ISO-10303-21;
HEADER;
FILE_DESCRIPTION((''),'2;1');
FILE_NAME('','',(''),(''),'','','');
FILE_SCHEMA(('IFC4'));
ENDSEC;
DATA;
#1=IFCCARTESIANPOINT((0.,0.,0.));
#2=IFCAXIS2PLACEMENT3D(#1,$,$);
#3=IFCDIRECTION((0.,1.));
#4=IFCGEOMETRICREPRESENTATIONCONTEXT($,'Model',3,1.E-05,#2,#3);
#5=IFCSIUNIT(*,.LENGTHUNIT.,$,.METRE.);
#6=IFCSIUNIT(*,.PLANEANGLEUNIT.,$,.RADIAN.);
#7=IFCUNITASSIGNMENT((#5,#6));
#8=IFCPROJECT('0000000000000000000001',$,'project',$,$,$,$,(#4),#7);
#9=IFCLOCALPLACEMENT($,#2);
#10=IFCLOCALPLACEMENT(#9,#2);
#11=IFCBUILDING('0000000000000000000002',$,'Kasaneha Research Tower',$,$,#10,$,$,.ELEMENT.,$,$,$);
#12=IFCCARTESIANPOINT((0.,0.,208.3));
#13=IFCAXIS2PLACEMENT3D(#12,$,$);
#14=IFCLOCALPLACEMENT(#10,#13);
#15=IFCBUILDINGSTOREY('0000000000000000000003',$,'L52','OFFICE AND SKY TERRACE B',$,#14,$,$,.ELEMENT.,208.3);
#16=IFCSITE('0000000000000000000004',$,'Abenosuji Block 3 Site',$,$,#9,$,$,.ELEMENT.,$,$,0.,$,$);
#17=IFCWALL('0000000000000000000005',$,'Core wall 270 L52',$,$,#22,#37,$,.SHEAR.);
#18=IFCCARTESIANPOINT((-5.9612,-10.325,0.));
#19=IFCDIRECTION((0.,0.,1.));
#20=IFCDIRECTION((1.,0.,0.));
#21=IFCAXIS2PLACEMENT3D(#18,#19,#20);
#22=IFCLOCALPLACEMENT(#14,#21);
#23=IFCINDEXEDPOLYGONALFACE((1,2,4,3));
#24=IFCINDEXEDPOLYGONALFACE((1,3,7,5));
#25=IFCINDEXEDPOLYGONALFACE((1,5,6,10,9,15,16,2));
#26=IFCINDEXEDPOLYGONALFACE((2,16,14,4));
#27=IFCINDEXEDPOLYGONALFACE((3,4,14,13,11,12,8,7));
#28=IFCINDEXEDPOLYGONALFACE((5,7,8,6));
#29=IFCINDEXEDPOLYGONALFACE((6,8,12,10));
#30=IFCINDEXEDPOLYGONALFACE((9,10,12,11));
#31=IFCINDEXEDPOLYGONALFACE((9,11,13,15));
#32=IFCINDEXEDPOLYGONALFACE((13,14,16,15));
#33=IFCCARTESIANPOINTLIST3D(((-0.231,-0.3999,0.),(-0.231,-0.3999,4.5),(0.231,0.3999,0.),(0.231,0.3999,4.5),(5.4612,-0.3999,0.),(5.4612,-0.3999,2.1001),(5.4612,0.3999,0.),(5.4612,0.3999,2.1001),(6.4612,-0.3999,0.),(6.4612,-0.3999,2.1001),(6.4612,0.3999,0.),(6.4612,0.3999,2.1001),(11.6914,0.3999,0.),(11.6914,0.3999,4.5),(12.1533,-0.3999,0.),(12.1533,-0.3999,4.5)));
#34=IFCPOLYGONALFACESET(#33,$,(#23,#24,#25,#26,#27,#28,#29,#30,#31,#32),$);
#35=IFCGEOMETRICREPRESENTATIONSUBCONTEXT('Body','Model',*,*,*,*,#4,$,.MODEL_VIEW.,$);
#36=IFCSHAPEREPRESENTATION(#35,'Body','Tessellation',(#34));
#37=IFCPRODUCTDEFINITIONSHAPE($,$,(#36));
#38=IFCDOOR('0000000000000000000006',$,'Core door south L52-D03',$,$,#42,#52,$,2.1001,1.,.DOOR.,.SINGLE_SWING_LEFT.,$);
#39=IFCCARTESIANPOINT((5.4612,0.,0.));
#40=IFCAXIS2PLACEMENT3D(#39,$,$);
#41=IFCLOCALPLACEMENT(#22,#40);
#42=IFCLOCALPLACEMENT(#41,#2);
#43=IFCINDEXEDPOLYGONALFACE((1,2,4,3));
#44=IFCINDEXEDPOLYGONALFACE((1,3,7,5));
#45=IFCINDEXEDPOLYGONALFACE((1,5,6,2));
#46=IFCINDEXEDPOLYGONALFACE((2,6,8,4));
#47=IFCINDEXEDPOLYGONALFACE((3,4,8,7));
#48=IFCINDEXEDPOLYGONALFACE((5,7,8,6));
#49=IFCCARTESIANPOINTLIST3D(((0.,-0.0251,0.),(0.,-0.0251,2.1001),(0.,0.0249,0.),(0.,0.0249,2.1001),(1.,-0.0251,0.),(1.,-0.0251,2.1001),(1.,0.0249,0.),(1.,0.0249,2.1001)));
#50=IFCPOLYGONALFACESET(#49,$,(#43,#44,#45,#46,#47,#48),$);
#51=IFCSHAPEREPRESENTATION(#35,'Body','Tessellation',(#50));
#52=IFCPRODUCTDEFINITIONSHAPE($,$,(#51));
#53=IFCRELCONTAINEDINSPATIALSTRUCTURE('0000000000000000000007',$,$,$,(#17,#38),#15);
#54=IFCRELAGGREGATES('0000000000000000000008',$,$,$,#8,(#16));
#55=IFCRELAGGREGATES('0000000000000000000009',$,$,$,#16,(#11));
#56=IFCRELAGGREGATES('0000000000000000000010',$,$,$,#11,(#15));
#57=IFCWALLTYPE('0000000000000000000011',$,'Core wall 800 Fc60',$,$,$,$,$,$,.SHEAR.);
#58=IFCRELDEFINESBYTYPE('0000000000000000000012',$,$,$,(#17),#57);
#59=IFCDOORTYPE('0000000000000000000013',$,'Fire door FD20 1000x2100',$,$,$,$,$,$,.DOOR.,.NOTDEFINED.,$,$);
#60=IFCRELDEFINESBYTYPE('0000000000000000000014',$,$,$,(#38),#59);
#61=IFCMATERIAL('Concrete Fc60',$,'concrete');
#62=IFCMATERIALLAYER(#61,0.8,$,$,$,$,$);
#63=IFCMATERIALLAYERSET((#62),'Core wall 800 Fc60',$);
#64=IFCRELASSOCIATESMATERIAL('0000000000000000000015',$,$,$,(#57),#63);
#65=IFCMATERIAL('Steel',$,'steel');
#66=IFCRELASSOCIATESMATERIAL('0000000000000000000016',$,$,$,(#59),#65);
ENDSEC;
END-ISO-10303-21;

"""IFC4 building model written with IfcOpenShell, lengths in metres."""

from ifc_helpers import new_model, si_unit, direction, frame, frame_2d, origin, place, context, subcontext, project, spatial, polyline, rectangle, outline, extrude, material, layer, layer_set, type_object, element, fill, save


model = new_model("IFC4")

# Units and contexts
model_context = context("Model", 3, precision=1e-05, world=origin(), true_north=direction((0.0, 1.0)))
body_context = subcontext(model_context, "Body", "Model", "MODEL_VIEW")
ifc_project = project(units=[si_unit("LENGTHUNIT", "METRE"), si_unit("PLANEANGLEUNIT", "RADIAN")], contexts=[model_context])

# Site, building, storey
site_placement = place(None, origin())
site = spatial("IfcSite", under=ifc_project, at=site_placement, Name="Abenosuji Block 3 Site", CompositionType="ELEMENT", RefElevation=0.0)
building_placement = place(site_placement, origin())
building = spatial("IfcBuilding", under=site, at=building_placement, Name="Kasaneha Research Tower", CompositionType="ELEMENT")
storey_placement = place(building_placement, frame((0.0, 0.0, 208.3)))
storey = spatial("IfcBuildingStorey", under=building, at=storey_placement, Name="L52", Description="OFFICE AND SKY TERRACE B", CompositionType="ELEMENT", Elevation=208.3)

# Wall, opening, door
ifc_material_1 = material(Name="Concrete Fc60", Category="concrete")
ifc_layer_1 = layer(ifc_material_1, 0.8)
ifc_layer_set_1 = layer_set([ifc_layer_1], Name="Core wall 800 Fc60")
wall_type_1 = type_object("IfcWallType", Name="Core wall 800 Fc60", PredefinedType="SHEAR", material=ifc_layer_set_1)
wall_1_placement = place(storey_placement, frame((-5.9612, -10.325, 0.0), z_axis=(0.0, 0.0, 1.0), x_axis=(1.0, 0.0, 0.0)))
wall_1 = element("IfcWall", 1, at=wall_1_placement, inside=storey, type_object=wall_type_1, Name="Core wall 270 L52", PredefinedType="SHEAR", context=body_context, shape_type="SweptSolid", body=[
    extrude(outline(polyline([(-0.231, -0.3999), (5.4612, -0.3999), (6.4612, -0.3999), (12.1533, -0.3999), (11.6914, 0.3999), (6.4612, 0.3999), (5.4612, 0.3999), (0.231, 0.3999), (-0.231, -0.3999)])), origin(), (0.0, 0.0, 1.0), 4.5),
])
opening_1_placement = place(wall_1_placement, frame((5.4612, 0.0, 0.0)))
opening_1 = element("IfcOpeningElement", 2, at=opening_1_placement, cuts=wall_1, PredefinedType="OPENING", context=body_context, shape_type="SweptSolid", body=[
    extrude(rectangle(XDim=1.0, YDim=2.1001, at=frame_2d((0.5, 1.05))), frame((0.0, 0.4102, 0.0), z_axis=(0.0, -1.0, 0.0), x_axis=(1.0, 0.0, 0.0)), (0.0, 0.0, 1.0), 0.8201),
])
ifc_material_2 = material(Name="Steel", Category="steel")
door_type_1 = type_object("IfcDoorType", Name="Fire door FD20 1000x2100", OperationType="NOTDEFINED", PredefinedType="DOOR", material=ifc_material_2)
door_1_placement = place(opening_1_placement, origin())
door_1 = element("IfcDoor", 3, at=door_1_placement, inside=storey, type_object=door_type_1, Name="Core door south L52-D03", OperationType="SINGLE_SWING_LEFT", OverallHeight=2.1001, OverallWidth=1.0, PredefinedType="DOOR", context=body_context, shape_type="SweptSolid", body=[
    extrude(rectangle(XDim=1.0, YDim=2.1001, at=frame_2d((0.5, 1.05))), frame((0.0, 0.0249, 0.0), z_axis=(0.0, -1.0, 0.0), x_axis=(1.0, 0.0, 0.0)), (0.0, 0.0, 1.0), 0.05),
])
fill(opening_1, door_1)

save(model, "model.ifc")
